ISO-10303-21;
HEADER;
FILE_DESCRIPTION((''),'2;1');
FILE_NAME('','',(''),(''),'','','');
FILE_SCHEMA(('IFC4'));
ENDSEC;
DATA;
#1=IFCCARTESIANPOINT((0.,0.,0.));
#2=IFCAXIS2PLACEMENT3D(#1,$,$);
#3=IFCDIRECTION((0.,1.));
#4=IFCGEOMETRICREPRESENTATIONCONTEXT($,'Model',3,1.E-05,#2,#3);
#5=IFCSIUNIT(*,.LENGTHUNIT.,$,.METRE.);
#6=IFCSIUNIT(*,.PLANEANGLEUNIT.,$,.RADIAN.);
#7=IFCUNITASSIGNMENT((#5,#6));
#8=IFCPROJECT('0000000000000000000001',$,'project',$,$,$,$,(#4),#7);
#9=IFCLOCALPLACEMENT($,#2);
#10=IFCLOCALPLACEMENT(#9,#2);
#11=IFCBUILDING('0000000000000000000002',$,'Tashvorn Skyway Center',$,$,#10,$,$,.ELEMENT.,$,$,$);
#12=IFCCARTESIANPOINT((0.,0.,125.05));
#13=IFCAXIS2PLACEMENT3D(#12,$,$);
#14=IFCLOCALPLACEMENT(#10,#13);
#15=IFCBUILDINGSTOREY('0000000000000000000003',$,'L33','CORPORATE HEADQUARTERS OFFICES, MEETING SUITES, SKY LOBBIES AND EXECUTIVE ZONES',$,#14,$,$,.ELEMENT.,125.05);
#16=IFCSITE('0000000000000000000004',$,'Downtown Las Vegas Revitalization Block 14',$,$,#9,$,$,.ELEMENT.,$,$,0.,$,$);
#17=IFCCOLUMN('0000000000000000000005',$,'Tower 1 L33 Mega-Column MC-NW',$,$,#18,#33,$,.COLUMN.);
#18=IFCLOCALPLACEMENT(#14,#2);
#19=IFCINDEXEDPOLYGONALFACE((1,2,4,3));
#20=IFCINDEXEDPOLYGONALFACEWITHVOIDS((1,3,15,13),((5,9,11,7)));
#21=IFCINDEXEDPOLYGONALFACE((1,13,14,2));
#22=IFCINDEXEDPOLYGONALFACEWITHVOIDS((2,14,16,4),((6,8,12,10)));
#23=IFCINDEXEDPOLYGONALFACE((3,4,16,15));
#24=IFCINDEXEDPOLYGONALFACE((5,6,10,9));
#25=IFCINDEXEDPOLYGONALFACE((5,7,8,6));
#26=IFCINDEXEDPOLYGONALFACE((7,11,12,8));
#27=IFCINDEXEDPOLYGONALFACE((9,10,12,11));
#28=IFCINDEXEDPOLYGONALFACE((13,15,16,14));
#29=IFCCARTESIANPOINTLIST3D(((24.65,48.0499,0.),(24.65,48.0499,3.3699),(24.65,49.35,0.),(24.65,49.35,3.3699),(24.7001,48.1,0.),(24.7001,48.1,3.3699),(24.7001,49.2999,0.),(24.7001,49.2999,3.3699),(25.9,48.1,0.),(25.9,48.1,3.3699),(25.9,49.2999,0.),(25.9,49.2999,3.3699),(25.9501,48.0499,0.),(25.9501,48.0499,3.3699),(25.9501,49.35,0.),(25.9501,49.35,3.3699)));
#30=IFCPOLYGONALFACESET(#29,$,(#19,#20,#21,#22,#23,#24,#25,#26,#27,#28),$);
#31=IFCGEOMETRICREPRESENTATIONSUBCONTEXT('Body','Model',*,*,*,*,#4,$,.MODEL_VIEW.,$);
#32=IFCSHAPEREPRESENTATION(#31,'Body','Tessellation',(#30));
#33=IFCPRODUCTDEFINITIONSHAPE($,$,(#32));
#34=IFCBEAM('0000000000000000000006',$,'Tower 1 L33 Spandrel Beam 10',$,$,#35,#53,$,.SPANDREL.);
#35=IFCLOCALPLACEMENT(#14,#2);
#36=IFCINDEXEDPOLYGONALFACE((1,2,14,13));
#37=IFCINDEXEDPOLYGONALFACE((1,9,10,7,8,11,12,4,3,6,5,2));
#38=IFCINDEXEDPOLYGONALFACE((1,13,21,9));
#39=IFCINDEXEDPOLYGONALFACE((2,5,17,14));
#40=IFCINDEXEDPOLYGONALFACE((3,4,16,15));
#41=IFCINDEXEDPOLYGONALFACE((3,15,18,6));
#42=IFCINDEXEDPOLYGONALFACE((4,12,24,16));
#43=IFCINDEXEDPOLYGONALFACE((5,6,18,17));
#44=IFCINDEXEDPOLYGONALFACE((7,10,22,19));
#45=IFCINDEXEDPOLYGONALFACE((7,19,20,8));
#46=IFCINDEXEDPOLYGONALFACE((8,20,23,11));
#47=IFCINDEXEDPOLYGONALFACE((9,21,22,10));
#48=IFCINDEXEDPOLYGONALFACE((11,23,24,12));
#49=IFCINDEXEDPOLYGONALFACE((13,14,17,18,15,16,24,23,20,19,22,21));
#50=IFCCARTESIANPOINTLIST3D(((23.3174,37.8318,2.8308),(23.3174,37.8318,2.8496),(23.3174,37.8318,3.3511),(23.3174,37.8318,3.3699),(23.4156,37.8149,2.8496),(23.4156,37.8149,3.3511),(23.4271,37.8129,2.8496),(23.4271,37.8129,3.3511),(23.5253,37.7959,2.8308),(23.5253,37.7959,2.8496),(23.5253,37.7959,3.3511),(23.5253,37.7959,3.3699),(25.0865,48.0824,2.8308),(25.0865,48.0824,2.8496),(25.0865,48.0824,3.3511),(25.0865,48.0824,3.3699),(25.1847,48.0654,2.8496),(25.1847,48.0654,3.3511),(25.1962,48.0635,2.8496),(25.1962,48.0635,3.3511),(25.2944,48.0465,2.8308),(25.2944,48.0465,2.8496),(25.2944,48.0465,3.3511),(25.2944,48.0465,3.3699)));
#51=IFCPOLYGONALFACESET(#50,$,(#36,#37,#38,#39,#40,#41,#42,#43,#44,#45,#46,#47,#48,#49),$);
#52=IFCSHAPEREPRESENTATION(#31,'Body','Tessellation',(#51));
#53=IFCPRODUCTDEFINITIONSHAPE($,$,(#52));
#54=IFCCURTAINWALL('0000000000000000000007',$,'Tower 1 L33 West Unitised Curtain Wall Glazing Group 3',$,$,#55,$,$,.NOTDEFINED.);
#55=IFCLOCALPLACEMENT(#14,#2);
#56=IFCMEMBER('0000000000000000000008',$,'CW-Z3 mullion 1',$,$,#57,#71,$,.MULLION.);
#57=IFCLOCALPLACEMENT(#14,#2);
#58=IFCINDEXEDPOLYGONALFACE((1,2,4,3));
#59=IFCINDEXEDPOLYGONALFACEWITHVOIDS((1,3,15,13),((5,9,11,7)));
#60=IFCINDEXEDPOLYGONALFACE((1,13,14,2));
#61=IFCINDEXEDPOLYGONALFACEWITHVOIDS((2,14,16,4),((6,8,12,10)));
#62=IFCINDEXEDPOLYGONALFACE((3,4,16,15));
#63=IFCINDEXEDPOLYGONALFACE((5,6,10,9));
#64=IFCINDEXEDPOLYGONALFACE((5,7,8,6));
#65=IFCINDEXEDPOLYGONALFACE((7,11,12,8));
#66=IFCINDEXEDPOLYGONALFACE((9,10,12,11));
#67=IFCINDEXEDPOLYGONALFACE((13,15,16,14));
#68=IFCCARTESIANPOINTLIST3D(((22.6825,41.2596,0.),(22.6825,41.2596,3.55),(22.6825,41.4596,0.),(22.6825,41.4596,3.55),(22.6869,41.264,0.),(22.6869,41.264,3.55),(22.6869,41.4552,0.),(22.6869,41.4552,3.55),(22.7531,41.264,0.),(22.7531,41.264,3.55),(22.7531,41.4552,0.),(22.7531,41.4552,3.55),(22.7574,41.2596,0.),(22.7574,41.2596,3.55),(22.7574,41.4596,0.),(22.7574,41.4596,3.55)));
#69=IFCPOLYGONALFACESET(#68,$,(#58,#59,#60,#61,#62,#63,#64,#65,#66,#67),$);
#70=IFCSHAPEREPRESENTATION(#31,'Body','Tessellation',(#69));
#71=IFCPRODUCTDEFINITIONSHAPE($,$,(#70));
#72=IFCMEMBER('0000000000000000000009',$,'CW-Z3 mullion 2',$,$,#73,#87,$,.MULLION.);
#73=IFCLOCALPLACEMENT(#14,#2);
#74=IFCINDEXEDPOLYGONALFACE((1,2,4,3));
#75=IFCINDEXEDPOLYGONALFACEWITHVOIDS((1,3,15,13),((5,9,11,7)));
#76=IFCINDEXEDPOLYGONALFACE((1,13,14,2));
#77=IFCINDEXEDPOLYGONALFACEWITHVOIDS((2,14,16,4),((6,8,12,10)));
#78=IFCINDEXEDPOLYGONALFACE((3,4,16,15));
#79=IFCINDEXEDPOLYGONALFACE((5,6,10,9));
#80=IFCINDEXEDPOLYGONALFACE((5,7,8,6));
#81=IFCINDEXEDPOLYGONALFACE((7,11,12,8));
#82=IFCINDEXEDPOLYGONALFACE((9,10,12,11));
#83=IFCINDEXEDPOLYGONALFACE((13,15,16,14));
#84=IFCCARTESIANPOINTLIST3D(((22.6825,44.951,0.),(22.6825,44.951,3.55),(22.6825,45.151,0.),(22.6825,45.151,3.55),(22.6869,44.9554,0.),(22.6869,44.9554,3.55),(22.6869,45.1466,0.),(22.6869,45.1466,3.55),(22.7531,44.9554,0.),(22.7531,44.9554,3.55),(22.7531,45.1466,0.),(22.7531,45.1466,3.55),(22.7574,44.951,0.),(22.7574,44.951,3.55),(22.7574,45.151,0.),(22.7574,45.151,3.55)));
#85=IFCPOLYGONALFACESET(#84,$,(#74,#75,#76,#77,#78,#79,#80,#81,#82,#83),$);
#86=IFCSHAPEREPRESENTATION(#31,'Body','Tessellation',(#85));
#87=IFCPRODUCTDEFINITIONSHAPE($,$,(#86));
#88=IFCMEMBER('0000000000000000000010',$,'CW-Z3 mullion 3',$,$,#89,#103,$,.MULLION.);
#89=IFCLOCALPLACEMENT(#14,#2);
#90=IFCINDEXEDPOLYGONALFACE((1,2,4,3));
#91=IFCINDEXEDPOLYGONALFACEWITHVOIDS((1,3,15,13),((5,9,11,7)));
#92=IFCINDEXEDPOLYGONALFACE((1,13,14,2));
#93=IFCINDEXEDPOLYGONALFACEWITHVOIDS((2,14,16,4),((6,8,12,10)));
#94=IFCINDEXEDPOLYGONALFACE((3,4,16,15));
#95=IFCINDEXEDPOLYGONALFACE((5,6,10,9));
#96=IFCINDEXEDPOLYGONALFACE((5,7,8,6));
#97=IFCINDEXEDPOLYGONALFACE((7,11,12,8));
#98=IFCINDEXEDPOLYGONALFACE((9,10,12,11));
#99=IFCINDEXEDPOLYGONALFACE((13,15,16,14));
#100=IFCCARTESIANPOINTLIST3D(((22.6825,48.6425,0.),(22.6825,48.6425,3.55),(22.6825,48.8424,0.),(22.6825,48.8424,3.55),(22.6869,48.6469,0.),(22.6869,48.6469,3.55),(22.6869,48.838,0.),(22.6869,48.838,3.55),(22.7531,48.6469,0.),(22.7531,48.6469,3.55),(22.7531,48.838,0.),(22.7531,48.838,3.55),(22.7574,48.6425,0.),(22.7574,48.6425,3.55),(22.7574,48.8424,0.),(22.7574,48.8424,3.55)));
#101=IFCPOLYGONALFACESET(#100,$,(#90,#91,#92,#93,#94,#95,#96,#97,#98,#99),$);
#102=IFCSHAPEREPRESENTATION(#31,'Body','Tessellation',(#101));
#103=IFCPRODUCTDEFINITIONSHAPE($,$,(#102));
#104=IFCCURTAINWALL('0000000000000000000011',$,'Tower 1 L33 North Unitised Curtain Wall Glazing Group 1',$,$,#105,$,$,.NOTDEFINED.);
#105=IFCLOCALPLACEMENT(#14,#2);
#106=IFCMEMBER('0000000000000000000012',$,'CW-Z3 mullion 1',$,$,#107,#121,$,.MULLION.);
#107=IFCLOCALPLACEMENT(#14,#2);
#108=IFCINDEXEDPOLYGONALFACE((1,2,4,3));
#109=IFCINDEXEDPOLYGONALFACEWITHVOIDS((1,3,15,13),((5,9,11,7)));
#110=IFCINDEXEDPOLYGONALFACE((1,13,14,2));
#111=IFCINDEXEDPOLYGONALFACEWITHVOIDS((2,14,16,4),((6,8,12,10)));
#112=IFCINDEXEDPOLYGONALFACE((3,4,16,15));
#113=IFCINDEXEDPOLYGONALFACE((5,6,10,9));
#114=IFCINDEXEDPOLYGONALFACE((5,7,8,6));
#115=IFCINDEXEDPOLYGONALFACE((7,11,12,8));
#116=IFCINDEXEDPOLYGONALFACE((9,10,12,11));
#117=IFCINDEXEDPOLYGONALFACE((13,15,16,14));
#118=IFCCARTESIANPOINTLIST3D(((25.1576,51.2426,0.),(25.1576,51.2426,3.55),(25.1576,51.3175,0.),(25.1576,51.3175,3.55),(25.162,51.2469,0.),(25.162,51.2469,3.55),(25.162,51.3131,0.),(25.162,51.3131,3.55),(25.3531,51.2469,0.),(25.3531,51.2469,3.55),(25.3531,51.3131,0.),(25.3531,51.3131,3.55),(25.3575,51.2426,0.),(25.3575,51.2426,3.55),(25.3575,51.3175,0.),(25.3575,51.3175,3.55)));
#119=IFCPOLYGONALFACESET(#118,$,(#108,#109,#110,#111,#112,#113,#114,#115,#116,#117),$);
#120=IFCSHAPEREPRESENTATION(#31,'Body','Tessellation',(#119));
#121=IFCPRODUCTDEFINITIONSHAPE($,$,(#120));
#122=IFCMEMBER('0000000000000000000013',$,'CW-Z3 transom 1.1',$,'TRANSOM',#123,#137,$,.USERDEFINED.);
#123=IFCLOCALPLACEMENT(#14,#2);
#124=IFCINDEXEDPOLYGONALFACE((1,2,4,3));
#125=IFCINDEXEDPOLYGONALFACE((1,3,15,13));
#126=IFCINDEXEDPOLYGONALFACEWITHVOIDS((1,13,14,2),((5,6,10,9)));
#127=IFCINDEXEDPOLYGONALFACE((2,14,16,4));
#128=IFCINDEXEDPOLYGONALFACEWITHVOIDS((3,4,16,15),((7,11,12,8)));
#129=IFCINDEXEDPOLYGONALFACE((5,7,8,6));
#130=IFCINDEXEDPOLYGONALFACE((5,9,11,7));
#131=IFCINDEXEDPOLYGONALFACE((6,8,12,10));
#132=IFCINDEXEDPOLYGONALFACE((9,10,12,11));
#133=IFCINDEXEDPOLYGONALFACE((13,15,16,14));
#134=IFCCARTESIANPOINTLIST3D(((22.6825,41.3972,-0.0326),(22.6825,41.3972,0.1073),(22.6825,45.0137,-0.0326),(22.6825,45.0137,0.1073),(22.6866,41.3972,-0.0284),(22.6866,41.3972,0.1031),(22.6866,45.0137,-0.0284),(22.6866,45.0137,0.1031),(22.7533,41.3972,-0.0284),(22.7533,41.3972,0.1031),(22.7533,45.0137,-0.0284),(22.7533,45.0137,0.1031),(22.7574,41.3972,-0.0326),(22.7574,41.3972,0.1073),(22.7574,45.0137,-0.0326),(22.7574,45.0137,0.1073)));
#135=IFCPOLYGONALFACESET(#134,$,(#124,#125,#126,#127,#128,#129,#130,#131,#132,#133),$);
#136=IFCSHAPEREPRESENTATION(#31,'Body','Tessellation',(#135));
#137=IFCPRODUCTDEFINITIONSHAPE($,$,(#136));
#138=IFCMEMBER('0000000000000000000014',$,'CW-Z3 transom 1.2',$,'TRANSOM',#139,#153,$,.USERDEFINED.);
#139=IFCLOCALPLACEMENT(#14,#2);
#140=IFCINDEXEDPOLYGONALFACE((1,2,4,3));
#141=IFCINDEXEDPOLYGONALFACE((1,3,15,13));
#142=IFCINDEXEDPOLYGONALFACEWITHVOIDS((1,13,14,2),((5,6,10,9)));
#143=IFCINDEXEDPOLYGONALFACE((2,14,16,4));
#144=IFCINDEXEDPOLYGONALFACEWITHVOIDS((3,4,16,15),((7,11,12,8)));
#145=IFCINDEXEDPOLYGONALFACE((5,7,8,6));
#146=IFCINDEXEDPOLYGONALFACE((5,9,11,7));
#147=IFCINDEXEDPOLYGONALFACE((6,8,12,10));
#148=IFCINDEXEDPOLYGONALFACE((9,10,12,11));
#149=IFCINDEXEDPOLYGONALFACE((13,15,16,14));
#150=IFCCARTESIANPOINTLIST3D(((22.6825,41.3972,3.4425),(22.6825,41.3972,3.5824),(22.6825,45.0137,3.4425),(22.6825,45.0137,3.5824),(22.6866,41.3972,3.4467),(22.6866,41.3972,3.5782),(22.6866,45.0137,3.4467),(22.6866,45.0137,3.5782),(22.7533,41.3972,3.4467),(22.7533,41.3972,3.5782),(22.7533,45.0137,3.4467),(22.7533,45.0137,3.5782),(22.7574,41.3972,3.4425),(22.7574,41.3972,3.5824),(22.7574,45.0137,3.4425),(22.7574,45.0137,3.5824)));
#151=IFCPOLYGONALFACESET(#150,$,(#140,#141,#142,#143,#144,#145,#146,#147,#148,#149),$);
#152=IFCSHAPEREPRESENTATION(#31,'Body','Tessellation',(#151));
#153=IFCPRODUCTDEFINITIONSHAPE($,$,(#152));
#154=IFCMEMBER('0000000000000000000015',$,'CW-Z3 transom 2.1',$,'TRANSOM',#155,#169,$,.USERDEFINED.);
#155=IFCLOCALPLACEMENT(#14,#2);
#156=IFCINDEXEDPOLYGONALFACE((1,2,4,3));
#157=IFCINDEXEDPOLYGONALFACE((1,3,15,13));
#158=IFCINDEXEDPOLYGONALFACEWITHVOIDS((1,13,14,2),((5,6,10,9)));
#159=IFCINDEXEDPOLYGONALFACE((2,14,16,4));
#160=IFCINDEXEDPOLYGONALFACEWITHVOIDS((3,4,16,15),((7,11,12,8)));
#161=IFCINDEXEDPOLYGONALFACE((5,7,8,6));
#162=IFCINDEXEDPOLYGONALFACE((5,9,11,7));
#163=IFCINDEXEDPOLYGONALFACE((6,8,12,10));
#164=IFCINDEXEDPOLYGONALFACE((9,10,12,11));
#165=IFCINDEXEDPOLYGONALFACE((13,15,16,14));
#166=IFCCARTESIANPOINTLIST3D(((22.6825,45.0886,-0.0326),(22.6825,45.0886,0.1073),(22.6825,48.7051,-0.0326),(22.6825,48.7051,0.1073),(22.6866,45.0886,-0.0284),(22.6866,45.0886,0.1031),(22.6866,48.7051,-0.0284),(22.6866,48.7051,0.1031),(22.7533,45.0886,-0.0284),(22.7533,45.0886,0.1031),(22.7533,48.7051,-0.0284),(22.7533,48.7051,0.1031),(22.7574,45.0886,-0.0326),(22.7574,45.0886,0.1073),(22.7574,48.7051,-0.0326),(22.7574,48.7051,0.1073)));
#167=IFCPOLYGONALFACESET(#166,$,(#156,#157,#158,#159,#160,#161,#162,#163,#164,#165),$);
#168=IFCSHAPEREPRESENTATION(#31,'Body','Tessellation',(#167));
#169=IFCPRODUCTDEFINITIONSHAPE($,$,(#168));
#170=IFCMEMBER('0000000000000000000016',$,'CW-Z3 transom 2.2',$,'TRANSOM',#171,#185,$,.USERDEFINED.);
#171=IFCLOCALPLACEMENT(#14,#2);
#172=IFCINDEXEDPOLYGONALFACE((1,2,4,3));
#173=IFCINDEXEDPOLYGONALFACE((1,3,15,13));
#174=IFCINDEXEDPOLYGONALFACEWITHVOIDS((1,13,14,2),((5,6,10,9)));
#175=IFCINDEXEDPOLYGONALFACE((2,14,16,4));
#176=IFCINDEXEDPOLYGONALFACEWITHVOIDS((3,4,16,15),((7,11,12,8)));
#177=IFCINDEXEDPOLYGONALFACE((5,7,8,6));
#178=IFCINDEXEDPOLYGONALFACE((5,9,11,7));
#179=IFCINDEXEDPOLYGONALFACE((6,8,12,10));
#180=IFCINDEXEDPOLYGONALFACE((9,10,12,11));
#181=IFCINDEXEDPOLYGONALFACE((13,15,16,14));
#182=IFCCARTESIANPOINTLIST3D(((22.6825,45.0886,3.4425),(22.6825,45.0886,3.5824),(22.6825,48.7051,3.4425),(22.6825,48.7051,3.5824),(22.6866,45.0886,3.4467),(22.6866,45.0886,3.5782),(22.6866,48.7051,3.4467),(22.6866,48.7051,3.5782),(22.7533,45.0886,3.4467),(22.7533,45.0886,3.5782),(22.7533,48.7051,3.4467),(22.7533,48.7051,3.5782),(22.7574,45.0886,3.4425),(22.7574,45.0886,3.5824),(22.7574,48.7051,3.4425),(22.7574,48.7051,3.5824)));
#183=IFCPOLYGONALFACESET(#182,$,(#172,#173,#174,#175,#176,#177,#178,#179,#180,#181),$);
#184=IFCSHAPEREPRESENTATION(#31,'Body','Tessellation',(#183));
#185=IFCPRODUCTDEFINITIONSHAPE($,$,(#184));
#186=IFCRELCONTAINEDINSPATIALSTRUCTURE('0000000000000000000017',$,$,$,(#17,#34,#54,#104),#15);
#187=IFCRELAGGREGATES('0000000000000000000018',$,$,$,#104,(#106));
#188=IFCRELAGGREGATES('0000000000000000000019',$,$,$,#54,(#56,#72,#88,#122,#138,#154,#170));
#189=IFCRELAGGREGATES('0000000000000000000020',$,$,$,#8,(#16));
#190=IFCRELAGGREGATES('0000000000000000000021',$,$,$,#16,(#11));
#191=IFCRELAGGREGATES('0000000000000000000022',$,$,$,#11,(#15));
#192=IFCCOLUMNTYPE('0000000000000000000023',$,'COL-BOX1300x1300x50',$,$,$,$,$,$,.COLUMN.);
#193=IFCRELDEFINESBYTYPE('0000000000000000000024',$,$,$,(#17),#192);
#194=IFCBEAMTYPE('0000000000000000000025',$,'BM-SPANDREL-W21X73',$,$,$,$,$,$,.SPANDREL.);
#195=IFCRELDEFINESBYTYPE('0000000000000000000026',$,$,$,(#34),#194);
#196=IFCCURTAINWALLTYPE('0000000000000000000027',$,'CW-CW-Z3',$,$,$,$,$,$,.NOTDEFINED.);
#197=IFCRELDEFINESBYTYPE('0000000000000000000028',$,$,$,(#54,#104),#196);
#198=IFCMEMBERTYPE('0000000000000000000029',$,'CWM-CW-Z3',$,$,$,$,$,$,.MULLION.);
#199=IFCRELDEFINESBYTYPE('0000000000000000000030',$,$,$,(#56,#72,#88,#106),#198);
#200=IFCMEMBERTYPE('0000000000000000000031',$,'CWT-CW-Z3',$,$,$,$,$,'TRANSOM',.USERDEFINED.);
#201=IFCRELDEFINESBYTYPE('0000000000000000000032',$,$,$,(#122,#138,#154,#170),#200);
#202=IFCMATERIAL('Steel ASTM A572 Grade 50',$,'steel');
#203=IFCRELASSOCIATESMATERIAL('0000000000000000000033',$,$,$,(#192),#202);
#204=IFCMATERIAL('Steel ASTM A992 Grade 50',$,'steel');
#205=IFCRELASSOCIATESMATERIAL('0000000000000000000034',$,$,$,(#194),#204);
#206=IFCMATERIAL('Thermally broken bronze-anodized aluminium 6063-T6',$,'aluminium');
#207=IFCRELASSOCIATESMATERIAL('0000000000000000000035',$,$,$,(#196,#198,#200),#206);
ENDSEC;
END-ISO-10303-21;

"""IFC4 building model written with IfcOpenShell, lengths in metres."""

from ifc_helpers import new_model, si_unit, direction, frame, origin, origin_2d, place, context, subcontext, project, spatial, hollow_rectangle, i_section, extrude, material, material_profile, profile_set, type_object, element, aggregate, save


model = new_model("IFC4")

# Units and contexts
model_context = context("Model", 3, precision=1e-05, world=origin(), true_north=direction((0.0, 1.0)))
body_context = subcontext(model_context, "Body", "Model", "MODEL_VIEW")
ifc_project = project(units=[si_unit("LENGTHUNIT", "METRE"), si_unit("PLANEANGLEUNIT", "RADIAN")], contexts=[model_context])

# Site, building, storey
site_placement = place(None, origin())
site = spatial("IfcSite", under=ifc_project, at=site_placement, Name="Downtown Las Vegas Revitalization Block 14", CompositionType="ELEMENT", RefElevation=0.0)
building_placement = place(site_placement, origin())
building = spatial("IfcBuilding", under=site, at=building_placement, Name="Tashvorn Skyway Center", CompositionType="ELEMENT")
storey_placement = place(building_placement, frame((0.0, 0.0, 125.05)))
storey = spatial("IfcBuildingStorey", under=building, at=storey_placement, Name="L33", Description="CORPORATE HEADQUARTERS OFFICES, MEETING SUITES, SKY LOBBIES AND EXECUTIVE ZONES", CompositionType="ELEMENT", Elevation=125.05)

# Column
ifc_material_1 = material(Name="Steel ASTM A572 Grade 50", Category="steel")
ifc_material_profile_1 = material_profile(ifc_material_1, hollow_rectangle(XDim=1.3, YDim=1.3, WallThickness=0.05, at=origin_2d()), Name="BOX1300x1300x50")
ifc_profile_set_1 = profile_set([ifc_material_profile_1], Name="Steel ASTM A572 Grade 50")
column_type = type_object("IfcColumnType", Name="COL-BOX1300x1300x50", PredefinedType="COLUMN", material=ifc_profile_set_1)
column_placement = place(storey_placement, frame((25.3, 48.7, 0.0), z_axis=(0.0, 0.0, 1.0), x_axis=(1.0, 0.0, 0.0)))
element("IfcColumn", 1, at=column_placement, inside=storey, type_object=column_type, Name="Tower 1 L33 Mega-Column MC-NW", PredefinedType="COLUMN", context=body_context, shape_type="SweptSolid", body=[
    extrude(hollow_rectangle(XDim=1.3, YDim=1.3, WallThickness=0.05, at=origin_2d()), origin(), (0.0, 0.0, 1.0), 3.3699),
])

# Beam
ifc_material_2 = material(Name="Steel ASTM A992 Grade 50", Category="steel")
ifc_material_profile_2 = material_profile(ifc_material_2, i_section(OverallWidth=0.2109, OverallDepth=0.5391, WebThickness=0.0117, FlangeThickness=0.0188, at=origin_2d()), Name="W21X73")
ifc_profile_set_2 = profile_set([ifc_material_profile_2], Name="Steel ASTM A992 Grade 50")
beam_type = type_object("IfcBeamType", Name="BM-SPANDREL-W21X73", PredefinedType="SPANDREL", material=ifc_profile_set_2)
beam_placement = place(storey_placement, frame((25.1904, 48.0645, 3.1003), z_axis=(-0.170067, -0.985432, 0.0), x_axis=(0.985432, -0.170067, 0.0)))
element("IfcBeam", 2, at=beam_placement, inside=storey, type_object=beam_type, Name="Tower 1 L33 Spandrel Beam 10", PredefinedType="SPANDREL", context=body_context, shape_type="SweptSolid", body=[
    extrude(i_section(OverallWidth=0.2109, OverallDepth=0.5391, WebThickness=0.0117, FlangeThickness=0.0188, at=origin_2d()), origin(), (0.0, 0.0, 1.0), 10.4021),
])

# Curtain wall, members
ifc_material_3 = material(Name="Thermally broken bronze-anodized aluminium 6063-T6", Category="aluminium")
curtain_wall_type = type_object("IfcCurtainWallType", Name="CW-CW-Z3", PredefinedType="NOTDEFINED", material=ifc_material_3)
curtain_wall_1_placement = place(storey_placement, origin())
curtain_wall_1 = element("IfcCurtainWall", 3, at=curtain_wall_1_placement, inside=storey, type_object=curtain_wall_type, Name="Tower 1 L33 West Unitised Curtain Wall Glazing Group 3", PredefinedType="NOTDEFINED")
ifc_material_profile_3 = material_profile(ifc_material_3, hollow_rectangle(XDim=0.075, YDim=0.2, WallThickness=0.0044, at=origin_2d()), Name="ALU-MULL-75x200")
ifc_profile_set_3 = profile_set([ifc_material_profile_3], Name="Thermally broken bronze-anodized aluminium 6063-T6")
member_type_1 = type_object("IfcMemberType", Name="CWM-CW-Z3", PredefinedType="MULLION", material=ifc_profile_set_3)
member_1_placement = place(storey_placement, frame((22.72, 41.3596, 0.0), z_axis=(0.0, 0.0, 1.0), x_axis=(-1.0, 0.0, 0.0)))
member_1 = element("IfcMember", 4, at=member_1_placement, type_object=member_type_1, Name="CW-Z3 mullion 1", PredefinedType="MULLION", context=body_context, shape_type="SweptSolid", body=[
    extrude(hollow_rectangle(XDim=0.075, YDim=0.2, WallThickness=0.0044, at=origin_2d()), origin(), (0.0, 0.0, 1.0), 3.55),
])
member_2_placement = place(storey_placement, frame((22.72, 45.051, 0.0), z_axis=(0.0, 0.0, 1.0), x_axis=(-1.0, 0.0, 0.0)))
member_2 = element("IfcMember", 5, at=member_2_placement, type_object=member_type_1, Name="CW-Z3 mullion 2", PredefinedType="MULLION", context=body_context, shape_type="SweptSolid", body=[
    extrude(hollow_rectangle(XDim=0.075, YDim=0.2, WallThickness=0.0044, at=origin_2d()), origin(), (0.0, 0.0, 1.0), 3.55),
])
member_3_placement = place(storey_placement, frame((22.72, 48.7424, 0.0), z_axis=(0.0, 0.0, 1.0), x_axis=(-1.0, 0.0, 0.0)))
member_3 = element("IfcMember", 6, at=member_3_placement, type_object=member_type_1, Name="CW-Z3 mullion 3", PredefinedType="MULLION", context=body_context, shape_type="SweptSolid", body=[
    extrude(hollow_rectangle(XDim=0.075, YDim=0.2, WallThickness=0.0044, at=origin_2d()), origin(), (0.0, 0.0, 1.0), 3.55),
])

# Curtain wall, member
curtain_wall_2_placement = place(storey_placement, origin())
curtain_wall_2 = element("IfcCurtainWall", 7, at=curtain_wall_2_placement, inside=storey, type_object=curtain_wall_type, Name="Tower 1 L33 North Unitised Curtain Wall Glazing Group 1", PredefinedType="NOTDEFINED")
member_4_placement = place(storey_placement, frame((25.2576, 51.28, 0.0), z_axis=(0.0, 0.0, 1.0), x_axis=(0.0, 1.0, 0.0)))
member_4 = element("IfcMember", 8, at=member_4_placement, type_object=member_type_1, Name="CW-Z3 mullion 1", PredefinedType="MULLION", context=body_context, shape_type="SweptSolid", body=[
    extrude(hollow_rectangle(XDim=0.075, YDim=0.2, WallThickness=0.0044, at=origin_2d()), origin(), (0.0, 0.0, 1.0), 3.55),
])

# Members
ifc_material_profile_4 = material_profile(ifc_material_3, hollow_rectangle(XDim=0.075, YDim=0.1399, WallThickness=0.0042, at=origin_2d()), Name="ALU-TRAN-75x140")
ifc_profile_set_4 = profile_set([ifc_material_profile_4], Name="Thermally broken bronze-anodized aluminium 6063-T6")
member_type_2 = type_object("IfcMemberType", Name="CWT-CW-Z3", ElementType="TRANSOM", PredefinedType="USERDEFINED", material=ifc_profile_set_4)
member_5_placement = place(storey_placement, frame((22.72, 41.3972, 0.0374), z_axis=(0.0, 1.0, 0.0), x_axis=(-1.0, 0.0, 0.0)))
member_5 = element("IfcMember", 9, at=member_5_placement, type_object=member_type_2, Name="CW-Z3 transom 1.1", ObjectType="TRANSOM", PredefinedType="USERDEFINED", context=body_context, shape_type="SweptSolid", body=[
    extrude(hollow_rectangle(XDim=0.075, YDim=0.1399, WallThickness=0.0042, at=origin_2d()), origin(), (0.0, 0.0, 1.0), 3.6165),
])
member_6_placement = place(storey_placement, frame((22.72, 41.3972, 3.5125), z_axis=(0.0, 1.0, 0.0), x_axis=(-1.0, 0.0, 0.0)))
member_6 = element("IfcMember", 10, at=member_6_placement, type_object=member_type_2, Name="CW-Z3 transom 1.2", ObjectType="TRANSOM", PredefinedType="USERDEFINED", context=body_context, shape_type="SweptSolid", body=[
    extrude(hollow_rectangle(XDim=0.075, YDim=0.1399, WallThickness=0.0042, at=origin_2d()), origin(), (0.0, 0.0, 1.0), 3.6165),
])
member_7_placement = place(storey_placement, frame((22.72, 45.0886, 0.0374), z_axis=(0.0, 1.0, 0.0), x_axis=(-1.0, 0.0, 0.0)))
member_7 = element("IfcMember", 11, at=member_7_placement, type_object=member_type_2, Name="CW-Z3 transom 2.1", ObjectType="TRANSOM", PredefinedType="USERDEFINED", context=body_context, shape_type="SweptSolid", body=[
    extrude(hollow_rectangle(XDim=0.075, YDim=0.1399, WallThickness=0.0042, at=origin_2d()), origin(), (0.0, 0.0, 1.0), 3.6165),
])
member_8_placement = place(storey_placement, frame((22.72, 45.0886, 3.5125), z_axis=(0.0, 1.0, 0.0), x_axis=(-1.0, 0.0, 0.0)))
member_8 = element("IfcMember", 12, at=member_8_placement, type_object=member_type_2, Name="CW-Z3 transom 2.2", ObjectType="TRANSOM", PredefinedType="USERDEFINED", context=body_context, shape_type="SweptSolid", body=[
    extrude(hollow_rectangle(XDim=0.075, YDim=0.1399, WallThickness=0.0042, at=origin_2d()), origin(), (0.0, 0.0, 1.0), 3.6165),
])
aggregate(curtain_wall_2, [member_4])

aggregate(curtain_wall_1, [member_1, member_2, member_3, member_5, member_6, member_7, member_8])

save(model, "model.ifc")
